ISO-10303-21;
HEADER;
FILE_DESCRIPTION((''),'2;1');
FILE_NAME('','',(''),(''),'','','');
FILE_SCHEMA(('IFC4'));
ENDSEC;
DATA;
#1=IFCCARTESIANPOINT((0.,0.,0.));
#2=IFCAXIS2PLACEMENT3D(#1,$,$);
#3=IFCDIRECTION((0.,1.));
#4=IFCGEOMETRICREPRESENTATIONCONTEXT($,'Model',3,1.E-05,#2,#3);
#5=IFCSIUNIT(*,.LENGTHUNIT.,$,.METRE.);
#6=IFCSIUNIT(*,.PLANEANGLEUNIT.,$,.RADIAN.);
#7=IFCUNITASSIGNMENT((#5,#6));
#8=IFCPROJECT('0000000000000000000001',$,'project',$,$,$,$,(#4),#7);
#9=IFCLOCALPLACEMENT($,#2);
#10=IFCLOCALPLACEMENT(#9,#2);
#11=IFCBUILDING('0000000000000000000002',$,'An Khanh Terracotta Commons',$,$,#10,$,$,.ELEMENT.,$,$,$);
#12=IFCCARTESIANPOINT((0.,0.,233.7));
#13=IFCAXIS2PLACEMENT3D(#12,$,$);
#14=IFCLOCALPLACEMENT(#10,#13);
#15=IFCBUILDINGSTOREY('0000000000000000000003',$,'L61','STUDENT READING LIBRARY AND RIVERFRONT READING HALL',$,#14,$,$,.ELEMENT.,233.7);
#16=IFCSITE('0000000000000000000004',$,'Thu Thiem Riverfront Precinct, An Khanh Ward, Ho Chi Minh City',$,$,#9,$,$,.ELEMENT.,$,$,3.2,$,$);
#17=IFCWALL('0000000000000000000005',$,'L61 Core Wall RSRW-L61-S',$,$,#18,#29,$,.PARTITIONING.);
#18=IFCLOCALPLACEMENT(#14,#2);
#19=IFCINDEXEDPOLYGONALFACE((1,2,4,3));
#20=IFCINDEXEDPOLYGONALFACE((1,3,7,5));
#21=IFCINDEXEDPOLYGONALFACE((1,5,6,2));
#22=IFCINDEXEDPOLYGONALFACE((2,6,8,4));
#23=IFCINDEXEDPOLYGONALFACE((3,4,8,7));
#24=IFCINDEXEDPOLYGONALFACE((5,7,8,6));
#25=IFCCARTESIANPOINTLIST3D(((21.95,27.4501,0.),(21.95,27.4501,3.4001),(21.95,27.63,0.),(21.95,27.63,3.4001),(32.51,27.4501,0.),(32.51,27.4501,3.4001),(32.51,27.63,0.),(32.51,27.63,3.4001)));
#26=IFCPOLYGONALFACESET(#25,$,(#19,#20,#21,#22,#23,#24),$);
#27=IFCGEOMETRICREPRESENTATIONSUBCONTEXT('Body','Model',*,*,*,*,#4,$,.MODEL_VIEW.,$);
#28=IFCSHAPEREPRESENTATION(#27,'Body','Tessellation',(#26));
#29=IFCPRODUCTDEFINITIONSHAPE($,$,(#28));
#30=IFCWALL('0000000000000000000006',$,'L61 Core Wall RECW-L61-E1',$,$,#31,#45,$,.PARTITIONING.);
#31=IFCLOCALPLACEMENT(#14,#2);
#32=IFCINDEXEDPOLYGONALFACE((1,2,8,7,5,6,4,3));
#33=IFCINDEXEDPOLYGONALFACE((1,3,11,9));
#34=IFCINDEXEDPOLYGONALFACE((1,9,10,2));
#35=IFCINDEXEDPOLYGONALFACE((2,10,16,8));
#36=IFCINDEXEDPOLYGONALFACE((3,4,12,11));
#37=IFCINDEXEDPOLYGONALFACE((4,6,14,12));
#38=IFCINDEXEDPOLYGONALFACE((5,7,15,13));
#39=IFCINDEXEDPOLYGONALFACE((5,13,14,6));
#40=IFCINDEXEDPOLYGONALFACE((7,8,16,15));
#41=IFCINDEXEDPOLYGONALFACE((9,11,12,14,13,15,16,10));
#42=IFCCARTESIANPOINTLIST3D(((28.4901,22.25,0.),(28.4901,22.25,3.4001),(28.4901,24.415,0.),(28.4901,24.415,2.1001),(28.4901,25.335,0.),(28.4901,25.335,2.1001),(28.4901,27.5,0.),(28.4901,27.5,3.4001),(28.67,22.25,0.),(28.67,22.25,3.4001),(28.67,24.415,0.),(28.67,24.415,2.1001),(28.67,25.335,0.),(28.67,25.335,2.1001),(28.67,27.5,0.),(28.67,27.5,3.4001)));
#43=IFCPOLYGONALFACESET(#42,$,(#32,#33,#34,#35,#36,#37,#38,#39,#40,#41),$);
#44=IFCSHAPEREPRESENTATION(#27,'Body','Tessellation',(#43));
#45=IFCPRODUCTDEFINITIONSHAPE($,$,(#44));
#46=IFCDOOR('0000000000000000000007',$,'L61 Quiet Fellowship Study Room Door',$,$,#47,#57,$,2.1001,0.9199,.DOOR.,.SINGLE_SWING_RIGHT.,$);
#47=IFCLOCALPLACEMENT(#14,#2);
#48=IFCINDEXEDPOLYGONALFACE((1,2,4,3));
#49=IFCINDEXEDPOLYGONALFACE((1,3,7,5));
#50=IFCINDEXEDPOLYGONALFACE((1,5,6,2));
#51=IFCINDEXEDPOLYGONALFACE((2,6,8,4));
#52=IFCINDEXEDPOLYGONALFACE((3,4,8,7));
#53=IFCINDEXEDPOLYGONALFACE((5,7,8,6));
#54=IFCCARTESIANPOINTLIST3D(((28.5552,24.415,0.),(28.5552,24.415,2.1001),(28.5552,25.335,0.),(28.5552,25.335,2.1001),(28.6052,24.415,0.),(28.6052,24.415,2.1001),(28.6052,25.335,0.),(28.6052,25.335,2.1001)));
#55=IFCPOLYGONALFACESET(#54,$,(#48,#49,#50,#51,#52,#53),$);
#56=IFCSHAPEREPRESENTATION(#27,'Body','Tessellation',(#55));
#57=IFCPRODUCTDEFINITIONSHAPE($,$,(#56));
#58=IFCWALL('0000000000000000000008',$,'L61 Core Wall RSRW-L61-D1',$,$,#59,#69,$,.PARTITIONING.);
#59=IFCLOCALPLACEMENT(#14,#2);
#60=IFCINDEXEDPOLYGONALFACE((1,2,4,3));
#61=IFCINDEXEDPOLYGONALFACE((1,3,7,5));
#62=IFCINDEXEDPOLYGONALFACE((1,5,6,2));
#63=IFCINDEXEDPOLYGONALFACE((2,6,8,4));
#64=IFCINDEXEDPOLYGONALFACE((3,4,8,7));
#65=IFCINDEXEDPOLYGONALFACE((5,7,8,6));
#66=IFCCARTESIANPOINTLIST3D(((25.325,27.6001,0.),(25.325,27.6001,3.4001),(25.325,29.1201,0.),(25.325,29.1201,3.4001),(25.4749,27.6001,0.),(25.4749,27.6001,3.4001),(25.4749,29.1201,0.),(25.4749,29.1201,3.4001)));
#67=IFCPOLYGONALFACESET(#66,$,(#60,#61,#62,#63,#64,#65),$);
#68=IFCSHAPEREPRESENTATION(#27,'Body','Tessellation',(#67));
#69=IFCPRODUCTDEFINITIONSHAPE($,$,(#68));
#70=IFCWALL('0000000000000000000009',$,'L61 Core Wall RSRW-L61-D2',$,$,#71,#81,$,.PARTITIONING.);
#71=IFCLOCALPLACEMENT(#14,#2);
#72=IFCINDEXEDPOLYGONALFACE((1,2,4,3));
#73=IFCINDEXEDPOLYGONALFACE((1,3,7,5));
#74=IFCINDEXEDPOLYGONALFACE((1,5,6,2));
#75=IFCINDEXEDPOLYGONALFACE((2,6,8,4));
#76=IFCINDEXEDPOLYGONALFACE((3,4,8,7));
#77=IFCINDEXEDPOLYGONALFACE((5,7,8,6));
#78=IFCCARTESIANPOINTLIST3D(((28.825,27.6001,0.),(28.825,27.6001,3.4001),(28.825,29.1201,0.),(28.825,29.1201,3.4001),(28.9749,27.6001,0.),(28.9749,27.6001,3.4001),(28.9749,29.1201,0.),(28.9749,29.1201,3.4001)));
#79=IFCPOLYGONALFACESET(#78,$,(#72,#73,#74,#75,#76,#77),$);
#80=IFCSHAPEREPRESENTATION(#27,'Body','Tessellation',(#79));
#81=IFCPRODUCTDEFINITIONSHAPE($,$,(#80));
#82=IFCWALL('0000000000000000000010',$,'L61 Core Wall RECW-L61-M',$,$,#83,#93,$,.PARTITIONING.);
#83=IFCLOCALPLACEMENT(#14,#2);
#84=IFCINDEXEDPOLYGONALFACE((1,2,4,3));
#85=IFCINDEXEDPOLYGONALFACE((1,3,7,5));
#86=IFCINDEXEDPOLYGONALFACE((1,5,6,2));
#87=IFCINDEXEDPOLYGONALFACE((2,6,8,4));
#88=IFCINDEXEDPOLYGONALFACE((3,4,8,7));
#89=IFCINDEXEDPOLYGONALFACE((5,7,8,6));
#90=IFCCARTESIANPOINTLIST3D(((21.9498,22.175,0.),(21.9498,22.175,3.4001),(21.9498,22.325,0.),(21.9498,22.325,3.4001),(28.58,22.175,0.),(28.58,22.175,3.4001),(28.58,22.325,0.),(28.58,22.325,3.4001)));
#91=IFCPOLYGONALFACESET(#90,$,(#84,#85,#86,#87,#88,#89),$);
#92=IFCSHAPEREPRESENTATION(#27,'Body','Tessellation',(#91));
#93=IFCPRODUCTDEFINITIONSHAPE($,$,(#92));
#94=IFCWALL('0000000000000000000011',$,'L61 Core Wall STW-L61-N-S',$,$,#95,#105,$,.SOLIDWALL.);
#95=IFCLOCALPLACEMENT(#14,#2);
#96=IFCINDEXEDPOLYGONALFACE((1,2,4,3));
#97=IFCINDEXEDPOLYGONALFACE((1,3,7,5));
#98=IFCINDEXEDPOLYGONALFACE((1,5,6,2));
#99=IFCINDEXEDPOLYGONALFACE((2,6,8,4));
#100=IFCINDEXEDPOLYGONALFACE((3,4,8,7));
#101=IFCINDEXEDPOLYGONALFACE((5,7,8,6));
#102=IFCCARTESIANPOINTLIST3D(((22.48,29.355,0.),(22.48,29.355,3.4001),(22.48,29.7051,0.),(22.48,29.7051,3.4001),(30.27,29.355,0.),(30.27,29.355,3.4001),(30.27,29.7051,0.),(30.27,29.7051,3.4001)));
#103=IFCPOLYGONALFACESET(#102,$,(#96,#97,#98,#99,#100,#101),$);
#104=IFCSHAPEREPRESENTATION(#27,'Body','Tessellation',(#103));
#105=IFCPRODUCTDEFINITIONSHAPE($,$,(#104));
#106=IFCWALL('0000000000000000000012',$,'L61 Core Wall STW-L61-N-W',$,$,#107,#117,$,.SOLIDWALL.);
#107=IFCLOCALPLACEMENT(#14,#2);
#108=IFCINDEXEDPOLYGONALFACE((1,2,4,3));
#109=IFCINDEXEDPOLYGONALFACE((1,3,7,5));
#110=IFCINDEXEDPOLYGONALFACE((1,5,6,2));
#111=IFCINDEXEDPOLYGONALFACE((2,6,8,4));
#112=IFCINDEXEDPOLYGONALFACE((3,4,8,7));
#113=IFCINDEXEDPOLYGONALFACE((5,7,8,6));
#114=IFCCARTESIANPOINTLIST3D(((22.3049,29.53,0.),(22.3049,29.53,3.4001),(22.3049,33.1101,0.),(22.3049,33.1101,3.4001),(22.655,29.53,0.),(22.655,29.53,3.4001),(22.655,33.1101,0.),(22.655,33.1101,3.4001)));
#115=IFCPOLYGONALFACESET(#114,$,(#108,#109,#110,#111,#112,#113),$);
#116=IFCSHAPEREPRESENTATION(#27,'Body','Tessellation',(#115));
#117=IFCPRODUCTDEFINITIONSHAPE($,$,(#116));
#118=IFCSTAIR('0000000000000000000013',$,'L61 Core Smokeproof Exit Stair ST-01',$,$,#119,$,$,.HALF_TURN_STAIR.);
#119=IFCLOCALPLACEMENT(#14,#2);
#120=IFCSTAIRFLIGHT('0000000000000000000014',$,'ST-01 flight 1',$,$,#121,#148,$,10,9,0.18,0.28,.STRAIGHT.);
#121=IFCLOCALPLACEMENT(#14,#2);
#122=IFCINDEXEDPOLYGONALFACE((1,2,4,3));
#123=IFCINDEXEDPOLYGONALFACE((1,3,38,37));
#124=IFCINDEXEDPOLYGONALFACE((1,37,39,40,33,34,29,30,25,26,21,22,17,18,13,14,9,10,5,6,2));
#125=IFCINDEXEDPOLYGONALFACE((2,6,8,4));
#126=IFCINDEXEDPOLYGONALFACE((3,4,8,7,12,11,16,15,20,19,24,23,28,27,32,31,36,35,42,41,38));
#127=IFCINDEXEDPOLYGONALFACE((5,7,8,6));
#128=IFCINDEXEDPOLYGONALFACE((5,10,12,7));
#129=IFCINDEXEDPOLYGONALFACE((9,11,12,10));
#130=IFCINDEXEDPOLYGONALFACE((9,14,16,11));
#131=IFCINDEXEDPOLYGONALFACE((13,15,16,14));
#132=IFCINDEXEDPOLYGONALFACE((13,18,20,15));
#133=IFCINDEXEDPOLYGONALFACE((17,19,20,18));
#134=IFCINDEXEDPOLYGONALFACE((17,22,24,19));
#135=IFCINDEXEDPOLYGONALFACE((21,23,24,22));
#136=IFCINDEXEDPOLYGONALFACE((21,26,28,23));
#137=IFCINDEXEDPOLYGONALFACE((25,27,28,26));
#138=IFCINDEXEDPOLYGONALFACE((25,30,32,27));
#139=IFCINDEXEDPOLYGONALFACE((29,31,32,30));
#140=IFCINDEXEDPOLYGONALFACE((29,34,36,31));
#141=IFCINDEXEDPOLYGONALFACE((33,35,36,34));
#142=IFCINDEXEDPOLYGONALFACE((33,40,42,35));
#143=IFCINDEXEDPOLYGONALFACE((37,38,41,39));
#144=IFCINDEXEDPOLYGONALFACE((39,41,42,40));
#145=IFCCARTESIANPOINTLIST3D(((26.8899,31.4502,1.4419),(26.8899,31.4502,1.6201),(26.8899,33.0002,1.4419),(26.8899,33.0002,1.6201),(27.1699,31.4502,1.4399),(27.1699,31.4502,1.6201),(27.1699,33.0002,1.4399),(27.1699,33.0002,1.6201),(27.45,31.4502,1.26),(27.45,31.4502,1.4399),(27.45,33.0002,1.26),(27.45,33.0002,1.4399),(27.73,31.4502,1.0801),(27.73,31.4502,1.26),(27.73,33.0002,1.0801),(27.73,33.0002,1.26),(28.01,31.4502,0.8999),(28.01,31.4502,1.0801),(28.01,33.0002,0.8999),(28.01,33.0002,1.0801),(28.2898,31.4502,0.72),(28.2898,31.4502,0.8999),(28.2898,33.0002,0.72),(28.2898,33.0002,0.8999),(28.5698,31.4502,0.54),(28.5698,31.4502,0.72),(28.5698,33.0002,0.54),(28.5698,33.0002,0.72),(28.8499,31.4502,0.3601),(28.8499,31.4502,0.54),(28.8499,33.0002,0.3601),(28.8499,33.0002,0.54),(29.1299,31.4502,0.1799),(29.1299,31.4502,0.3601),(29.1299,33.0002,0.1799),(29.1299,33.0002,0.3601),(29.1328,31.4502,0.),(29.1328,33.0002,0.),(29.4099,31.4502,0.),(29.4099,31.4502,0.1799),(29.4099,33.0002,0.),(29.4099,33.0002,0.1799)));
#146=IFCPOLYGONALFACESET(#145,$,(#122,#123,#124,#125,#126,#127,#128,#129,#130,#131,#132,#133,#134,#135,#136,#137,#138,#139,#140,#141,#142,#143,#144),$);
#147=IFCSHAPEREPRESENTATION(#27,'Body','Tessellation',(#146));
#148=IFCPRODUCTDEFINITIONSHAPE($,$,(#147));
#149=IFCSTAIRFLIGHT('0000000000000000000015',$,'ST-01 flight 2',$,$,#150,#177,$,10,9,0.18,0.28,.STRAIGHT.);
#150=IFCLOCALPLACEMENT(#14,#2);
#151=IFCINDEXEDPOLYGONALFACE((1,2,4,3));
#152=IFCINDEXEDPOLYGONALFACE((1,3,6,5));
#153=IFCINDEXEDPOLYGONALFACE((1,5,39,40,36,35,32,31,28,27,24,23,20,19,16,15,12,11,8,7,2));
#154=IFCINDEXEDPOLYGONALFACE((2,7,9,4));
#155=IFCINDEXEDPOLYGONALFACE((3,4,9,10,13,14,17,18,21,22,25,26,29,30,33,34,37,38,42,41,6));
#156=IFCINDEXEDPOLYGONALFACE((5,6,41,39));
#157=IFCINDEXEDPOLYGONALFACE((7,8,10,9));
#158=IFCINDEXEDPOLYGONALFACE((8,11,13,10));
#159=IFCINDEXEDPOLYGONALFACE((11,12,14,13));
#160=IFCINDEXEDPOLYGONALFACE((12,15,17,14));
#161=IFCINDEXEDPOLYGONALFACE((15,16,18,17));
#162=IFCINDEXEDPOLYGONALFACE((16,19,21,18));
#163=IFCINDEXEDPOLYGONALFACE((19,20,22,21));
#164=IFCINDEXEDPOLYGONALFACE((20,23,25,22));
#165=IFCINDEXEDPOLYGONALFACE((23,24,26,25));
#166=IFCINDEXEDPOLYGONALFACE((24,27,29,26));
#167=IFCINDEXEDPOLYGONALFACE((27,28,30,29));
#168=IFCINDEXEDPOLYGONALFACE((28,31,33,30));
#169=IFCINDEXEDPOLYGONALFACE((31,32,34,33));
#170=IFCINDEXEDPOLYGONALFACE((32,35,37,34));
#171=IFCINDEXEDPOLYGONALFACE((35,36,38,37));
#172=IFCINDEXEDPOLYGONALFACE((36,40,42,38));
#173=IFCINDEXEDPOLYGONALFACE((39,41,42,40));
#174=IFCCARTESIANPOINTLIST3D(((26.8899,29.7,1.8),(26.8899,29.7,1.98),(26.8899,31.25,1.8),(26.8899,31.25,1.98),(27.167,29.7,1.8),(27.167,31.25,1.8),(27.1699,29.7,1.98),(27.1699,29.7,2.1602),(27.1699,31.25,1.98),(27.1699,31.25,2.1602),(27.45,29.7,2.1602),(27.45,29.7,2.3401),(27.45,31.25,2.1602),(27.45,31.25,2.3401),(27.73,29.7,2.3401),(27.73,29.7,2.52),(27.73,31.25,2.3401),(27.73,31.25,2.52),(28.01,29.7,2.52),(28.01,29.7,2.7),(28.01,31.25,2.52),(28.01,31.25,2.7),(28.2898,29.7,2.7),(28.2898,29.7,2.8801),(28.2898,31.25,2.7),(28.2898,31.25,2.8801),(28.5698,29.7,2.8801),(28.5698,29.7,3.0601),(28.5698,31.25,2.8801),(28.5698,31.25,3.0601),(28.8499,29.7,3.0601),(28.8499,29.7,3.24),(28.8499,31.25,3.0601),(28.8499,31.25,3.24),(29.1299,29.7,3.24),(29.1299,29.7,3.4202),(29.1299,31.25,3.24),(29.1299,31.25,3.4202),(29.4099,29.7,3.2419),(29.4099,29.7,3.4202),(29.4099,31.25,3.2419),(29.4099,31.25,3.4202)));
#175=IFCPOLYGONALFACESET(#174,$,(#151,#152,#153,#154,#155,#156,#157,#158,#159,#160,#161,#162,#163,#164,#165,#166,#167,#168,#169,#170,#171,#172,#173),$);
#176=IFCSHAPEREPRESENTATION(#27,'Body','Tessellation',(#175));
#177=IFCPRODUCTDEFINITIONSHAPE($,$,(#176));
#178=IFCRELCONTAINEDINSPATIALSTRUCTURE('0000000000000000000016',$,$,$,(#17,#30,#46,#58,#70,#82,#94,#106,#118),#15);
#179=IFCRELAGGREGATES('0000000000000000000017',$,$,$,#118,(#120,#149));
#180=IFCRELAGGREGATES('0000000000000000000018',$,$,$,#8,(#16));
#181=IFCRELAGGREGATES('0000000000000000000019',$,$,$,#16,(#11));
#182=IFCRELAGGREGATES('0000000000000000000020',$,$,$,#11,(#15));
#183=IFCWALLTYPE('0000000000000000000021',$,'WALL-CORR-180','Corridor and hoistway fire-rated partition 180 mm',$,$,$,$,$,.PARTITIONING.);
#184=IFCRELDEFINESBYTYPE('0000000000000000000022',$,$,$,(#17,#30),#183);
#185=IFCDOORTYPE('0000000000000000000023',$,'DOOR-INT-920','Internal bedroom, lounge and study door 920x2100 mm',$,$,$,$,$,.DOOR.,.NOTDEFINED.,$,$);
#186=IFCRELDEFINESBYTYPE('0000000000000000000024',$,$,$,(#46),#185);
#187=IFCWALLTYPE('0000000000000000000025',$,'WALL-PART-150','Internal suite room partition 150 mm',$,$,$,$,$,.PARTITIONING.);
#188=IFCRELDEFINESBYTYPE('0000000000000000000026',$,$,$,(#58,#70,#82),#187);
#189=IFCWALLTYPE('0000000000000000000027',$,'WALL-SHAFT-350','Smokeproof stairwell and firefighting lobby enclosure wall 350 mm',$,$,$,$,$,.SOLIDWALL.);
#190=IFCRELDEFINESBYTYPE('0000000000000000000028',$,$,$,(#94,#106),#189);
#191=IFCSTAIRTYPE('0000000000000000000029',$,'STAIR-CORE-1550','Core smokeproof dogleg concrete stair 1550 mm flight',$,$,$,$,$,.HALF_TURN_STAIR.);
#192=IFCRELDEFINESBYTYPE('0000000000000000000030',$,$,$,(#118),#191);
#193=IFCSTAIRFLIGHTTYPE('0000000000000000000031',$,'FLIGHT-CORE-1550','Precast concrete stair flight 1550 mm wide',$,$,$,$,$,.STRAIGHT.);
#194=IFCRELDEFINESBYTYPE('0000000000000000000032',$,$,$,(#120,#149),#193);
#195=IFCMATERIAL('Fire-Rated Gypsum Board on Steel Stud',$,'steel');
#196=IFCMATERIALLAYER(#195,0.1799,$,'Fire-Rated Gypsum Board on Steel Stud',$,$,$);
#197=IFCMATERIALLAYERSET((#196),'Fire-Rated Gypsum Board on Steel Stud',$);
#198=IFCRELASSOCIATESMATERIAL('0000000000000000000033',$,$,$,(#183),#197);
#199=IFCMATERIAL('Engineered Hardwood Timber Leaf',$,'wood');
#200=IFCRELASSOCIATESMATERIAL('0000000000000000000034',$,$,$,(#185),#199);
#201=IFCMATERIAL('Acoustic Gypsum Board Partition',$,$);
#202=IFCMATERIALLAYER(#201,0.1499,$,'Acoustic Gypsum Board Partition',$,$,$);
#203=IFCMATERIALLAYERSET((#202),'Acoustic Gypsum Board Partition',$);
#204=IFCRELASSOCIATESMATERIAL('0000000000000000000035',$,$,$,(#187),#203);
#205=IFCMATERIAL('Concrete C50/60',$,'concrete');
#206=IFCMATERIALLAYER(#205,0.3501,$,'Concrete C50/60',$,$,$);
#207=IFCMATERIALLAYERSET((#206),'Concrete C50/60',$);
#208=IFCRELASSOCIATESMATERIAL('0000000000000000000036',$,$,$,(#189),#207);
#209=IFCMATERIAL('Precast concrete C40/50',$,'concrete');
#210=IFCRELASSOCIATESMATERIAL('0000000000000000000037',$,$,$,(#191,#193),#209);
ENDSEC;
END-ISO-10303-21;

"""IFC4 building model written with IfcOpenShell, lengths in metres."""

from ifc_helpers import new_model, si_unit, direction, frame, frame_2d, origin, place, context, subcontext, project, spatial, polyline, rectangle, outline, extrude, material, layer, layer_set, type_object, element, fill, aggregate, save


model = new_model("IFC4")

# Units and contexts
model_context = context("Model", 3, precision=1e-05, world=origin(), true_north=direction((0.0, 1.0)))
body_context = subcontext(model_context, "Body", "Model", "MODEL_VIEW")
ifc_project = project(units=[si_unit("LENGTHUNIT", "METRE"), si_unit("PLANEANGLEUNIT", "RADIAN")], contexts=[model_context])

# Site, building, storey
site_placement = place(None, origin())
site = spatial("IfcSite", under=ifc_project, at=site_placement, Name="Thu Thiem Riverfront Precinct, An Khanh Ward, Ho Chi Minh City", CompositionType="ELEMENT", RefElevation=3.2)
building_placement = place(site_placement, origin())
building = spatial("IfcBuilding", under=site, at=building_placement, Name="An Khanh Terracotta Commons", CompositionType="ELEMENT")
storey_placement = place(building_placement, frame((0.0, 0.0, 233.7)))
storey = spatial("IfcBuildingStorey", under=building, at=storey_placement, Name="L61", Description="STUDENT READING LIBRARY AND RIVERFRONT READING HALL", CompositionType="ELEMENT", Elevation=233.7)

# Wall
ifc_material_1 = material(Name="Fire-Rated Gypsum Board on Steel Stud", Category="steel")
ifc_layer_1 = layer(ifc_material_1, 0.1799, Name="Fire-Rated Gypsum Board on Steel Stud")
ifc_layer_set_1 = layer_set([ifc_layer_1], Name="Fire-Rated Gypsum Board on Steel Stud")
wall_type_1 = type_object("IfcWallType", Name="WALL-CORR-180", Description="Corridor and hoistway fire-rated partition 180 mm", PredefinedType="PARTITIONING", material=ifc_layer_set_1)
wall_1_placement = place(storey_placement, frame((21.95, 27.54, 0.0), z_axis=(0.0, 0.0, 1.0), x_axis=(1.0, 0.0, 0.0)))
element("IfcWall", 1, at=wall_1_placement, inside=storey, type_object=wall_type_1, Name="L61 Core Wall RSRW-L61-S", PredefinedType="PARTITIONING", context=body_context, shape_type="SweptSolid", body=[
    extrude(rectangle(XDim=10.5601, YDim=0.1799, at=frame_2d((5.28, 0.0))), origin(), (0.0, 0.0, 1.0), 3.4001),
])

# Wall, opening, door
wall_2_placement = place(storey_placement, frame((28.5801, 22.25, 0.0), z_axis=(0.0, 0.0, 1.0), x_axis=(0.0, 1.0, 0.0)))
wall_2 = element("IfcWall", 2, at=wall_2_placement, inside=storey, type_object=wall_type_1, Name="L61 Core Wall RECW-L61-E1", PredefinedType="PARTITIONING", context=body_context, shape_type="SweptSolid", body=[
    extrude(rectangle(XDim=5.25, YDim=0.1799, at=frame_2d((2.625, 0.0))), origin(), (0.0, 0.0, 1.0), 3.4001),
])
opening_placement = place(wall_2_placement, frame((2.165, 0.0, 0.0)))
opening = element("IfcOpeningElement", 3, at=opening_placement, cuts=wall_2, PredefinedType="OPENING", context=body_context, shape_type="SweptSolid", body=[
    extrude(rectangle(XDim=0.9199, YDim=2.1001, at=frame_2d((0.46, 1.05))), frame((0.0, 0.0999, 0.0), z_axis=(0.0, -1.0, 0.0), x_axis=(1.0, 0.0, 0.0)), (0.0, 0.0, 1.0), 0.2),
])
ifc_material_2 = material(Name="Engineered Hardwood Timber Leaf", Category="wood")
door_type = type_object("IfcDoorType", Name="DOOR-INT-920", Description="Internal bedroom, lounge and study door 920x2100 mm", OperationType="NOTDEFINED", PredefinedType="DOOR", material=ifc_material_2)
door_placement = place(opening_placement, origin())
door = element("IfcDoor", 4, at=door_placement, inside=storey, type_object=door_type, Name="L61 Quiet Fellowship Study Room Door", OperationType="SINGLE_SWING_RIGHT", OverallHeight=2.1001, OverallWidth=0.9199, PredefinedType="DOOR", context=body_context, shape_type="SweptSolid", body=[
    extrude(rectangle(XDim=0.9199, YDim=2.1001, at=frame_2d((0.46, 1.05))), frame((0.0, 0.0249, 0.0), z_axis=(0.0, -1.0, 0.0), x_axis=(1.0, 0.0, 0.0)), (0.0, 0.0, 1.0), 0.05),
])
fill(opening, door)

# Walls
ifc_material_3 = material(Name="Acoustic Gypsum Board Partition")
ifc_layer_2 = layer(ifc_material_3, 0.1499, Name="Acoustic Gypsum Board Partition")
ifc_layer_set_2 = layer_set([ifc_layer_2], Name="Acoustic Gypsum Board Partition")
wall_type_2 = type_object("IfcWallType", Name="WALL-PART-150", Description="Internal suite room partition 150 mm", PredefinedType="PARTITIONING", material=ifc_layer_set_2)
for number, where, z_axis, x_axis, name in (
    (5, (25.3999, 27.6001, 0.0), (0.0, 0.0, 1.0), (0.0, 1.0, 0.0), "L61 Core Wall RSRW-L61-D1"),
    (6, (28.8999, 27.6001, 0.0), (0.0, 0.0, 1.0), (0.0, 1.0, 0.0), "L61 Core Wall RSRW-L61-D2"),
):
    element("IfcWall", number, at=place(storey_placement, frame(where, z_axis=z_axis, x_axis=x_axis)), inside=storey, type_object=wall_type_2, Name=name, PredefinedType="PARTITIONING", context=body_context, shape_type="SweptSolid", body=[
        extrude(rectangle(XDim=1.52, YDim=0.1499, at=frame_2d((0.76, 0.0))), origin(), (0.0, 0.0, 1.0), 3.4001),
    ])
wall_3_placement = place(storey_placement, frame((21.95, 22.25, 0.0), z_axis=(0.0, 0.0, 1.0), x_axis=(1.0, 0.0, 0.0)))
element("IfcWall", 7, at=wall_3_placement, inside=storey, type_object=wall_type_2, Name="L61 Core Wall RECW-L61-M", PredefinedType="PARTITIONING", context=body_context, shape_type="SweptSolid", body=[
    extrude(rectangle(XDim=6.6301, YDim=0.1499, at=frame_2d((3.3149, 0.0))), origin(), (0.0, 0.0, 1.0), 3.4001),
])
ifc_material_4 = material(Name="Concrete C50/60", Category="concrete")
ifc_layer_3 = layer(ifc_material_4, 0.3501, Name="Concrete C50/60")
ifc_layer_set_3 = layer_set([ifc_layer_3], Name="Concrete C50/60")
wall_type_3 = type_object("IfcWallType", Name="WALL-SHAFT-350", Description="Smokeproof stairwell and firefighting lobby enclosure wall 350 mm", PredefinedType="SOLIDWALL", material=ifc_layer_set_3)
wall_4_placement = place(storey_placement, frame((22.48, 29.53, 0.0), z_axis=(0.0, 0.0, 1.0), x_axis=(1.0, 0.0, 0.0)))
element("IfcWall", 8, at=wall_4_placement, inside=storey, type_object=wall_type_3, Name="L61 Core Wall STW-L61-N-S", PredefinedType="SOLIDWALL", context=body_context, shape_type="SweptSolid", body=[
    extrude(rectangle(XDim=7.79, YDim=0.3501, at=frame_2d((3.895, 0.0))), origin(), (0.0, 0.0, 1.0), 3.4001),
])
wall_5_placement = place(storey_placement, frame((22.48, 29.53, 0.0), z_axis=(0.0, 0.0, 1.0), x_axis=(0.0, 1.0, 0.0)))
element("IfcWall", 9, at=wall_5_placement, inside=storey, type_object=wall_type_3, Name="L61 Core Wall STW-L61-N-W", PredefinedType="SOLIDWALL", context=body_context, shape_type="SweptSolid", body=[
    extrude(rectangle(XDim=3.5801, YDim=0.3501, at=frame_2d((1.79, 0.0))), origin(), (0.0, 0.0, 1.0), 3.4001),
])

# Stair, stair flights
ifc_material_5 = material(Name="Precast concrete C40/50", Category="concrete")
stair_type = type_object("IfcStairType", Name="STAIR-CORE-1550", Description="Core smokeproof dogleg concrete stair 1550 mm flight", PredefinedType="HALF_TURN_STAIR", material=ifc_material_5)
stair_placement = place(storey_placement, origin())
stair = element("IfcStair", 10, at=stair_placement, inside=storey, type_object=stair_type, Name="L61 Core Smokeproof Exit Stair ST-01", PredefinedType="HALF_TURN_STAIR")
stair_flight_type = type_object("IfcStairFlightType", Name="FLIGHT-CORE-1550", Description="Precast concrete stair flight 1550 mm wide", PredefinedType="STRAIGHT", material=ifc_material_5)
stair_flight_1_placement = place(storey_placement, frame((29.4099, 32.2251, 0.0), z_axis=(0.0, 0.0, 1.0), x_axis=(-1.0, 0.0, 0.0)))
stair_flight_1 = element("IfcStairFlight", 11, at=stair_flight_1_placement, type_object=stair_flight_type, Name="ST-01 flight 1", NumberOfRisers=10, NumberOfTreads=9, PredefinedType="STRAIGHT", RiserHeight=0.18, TreadLength=0.28, context=body_context, shape_type="SweptSolid", body=[
    extrude(outline(polyline([(0.0, 0.0), (0.0, 0.1799), (0.28, 0.1799), (0.28, 0.3601), (0.5601, 0.3601), (0.5601, 0.54), (0.8401, 0.54), (0.8401, 0.72), (1.1201, 0.72), (1.1201, 0.8999), (1.3999, 0.8999), (1.3999, 1.0801), (1.6799, 1.0801), (1.6799, 1.26), (1.96, 1.26), (1.96, 1.4399), (2.24, 1.4399), (2.24, 1.6201), (2.52, 1.6201), (2.52, 1.8), (2.52, 1.4419), (0.2771, 0.0), (0.0, 0.0)])), frame((0.0, 0.7749, 0.0), z_axis=(0.0, -1.0, 0.0), x_axis=(1.0, 0.0, 0.0)), (0.0, 0.0, 1.0), 1.55),
])
stair_flight_2_placement = place(storey_placement, frame((26.8899, 30.4751, 1.8), z_axis=(0.0, 0.0, 1.0), x_axis=(1.0, 0.0, 0.0)))
stair_flight_2 = element("IfcStairFlight", 12, at=stair_flight_2_placement, type_object=stair_flight_type, Name="ST-01 flight 2", NumberOfRisers=10, NumberOfTreads=9, PredefinedType="STRAIGHT", RiserHeight=0.18, TreadLength=0.28, context=body_context, shape_type="SweptSolid", body=[
    extrude(outline(polyline([(0.0, 0.0), (0.0, 0.1799), (0.28, 0.1799), (0.28, 0.3601), (0.5601, 0.3601), (0.5601, 0.54), (0.8401, 0.54), (0.8401, 0.72), (1.1201, 0.72), (1.1201, 0.8999), (1.3999, 0.8999), (1.3999, 1.0801), (1.6799, 1.0801), (1.6799, 1.26), (1.96, 1.26), (1.96, 1.4399), (2.24, 1.4399), (2.24, 1.6201), (2.52, 1.6201), (2.52, 1.8), (2.52, 1.4419), (0.2771, 0.0), (0.0, 0.0)])), frame((0.0, 0.7749, 0.0), z_axis=(0.0, -1.0, 0.0), x_axis=(1.0, 0.0, 0.0)), (0.0, 0.0, 1.0), 1.55),
])
aggregate(stair, [stair_flight_1, stair_flight_2])

save(model, "model.ifc")
